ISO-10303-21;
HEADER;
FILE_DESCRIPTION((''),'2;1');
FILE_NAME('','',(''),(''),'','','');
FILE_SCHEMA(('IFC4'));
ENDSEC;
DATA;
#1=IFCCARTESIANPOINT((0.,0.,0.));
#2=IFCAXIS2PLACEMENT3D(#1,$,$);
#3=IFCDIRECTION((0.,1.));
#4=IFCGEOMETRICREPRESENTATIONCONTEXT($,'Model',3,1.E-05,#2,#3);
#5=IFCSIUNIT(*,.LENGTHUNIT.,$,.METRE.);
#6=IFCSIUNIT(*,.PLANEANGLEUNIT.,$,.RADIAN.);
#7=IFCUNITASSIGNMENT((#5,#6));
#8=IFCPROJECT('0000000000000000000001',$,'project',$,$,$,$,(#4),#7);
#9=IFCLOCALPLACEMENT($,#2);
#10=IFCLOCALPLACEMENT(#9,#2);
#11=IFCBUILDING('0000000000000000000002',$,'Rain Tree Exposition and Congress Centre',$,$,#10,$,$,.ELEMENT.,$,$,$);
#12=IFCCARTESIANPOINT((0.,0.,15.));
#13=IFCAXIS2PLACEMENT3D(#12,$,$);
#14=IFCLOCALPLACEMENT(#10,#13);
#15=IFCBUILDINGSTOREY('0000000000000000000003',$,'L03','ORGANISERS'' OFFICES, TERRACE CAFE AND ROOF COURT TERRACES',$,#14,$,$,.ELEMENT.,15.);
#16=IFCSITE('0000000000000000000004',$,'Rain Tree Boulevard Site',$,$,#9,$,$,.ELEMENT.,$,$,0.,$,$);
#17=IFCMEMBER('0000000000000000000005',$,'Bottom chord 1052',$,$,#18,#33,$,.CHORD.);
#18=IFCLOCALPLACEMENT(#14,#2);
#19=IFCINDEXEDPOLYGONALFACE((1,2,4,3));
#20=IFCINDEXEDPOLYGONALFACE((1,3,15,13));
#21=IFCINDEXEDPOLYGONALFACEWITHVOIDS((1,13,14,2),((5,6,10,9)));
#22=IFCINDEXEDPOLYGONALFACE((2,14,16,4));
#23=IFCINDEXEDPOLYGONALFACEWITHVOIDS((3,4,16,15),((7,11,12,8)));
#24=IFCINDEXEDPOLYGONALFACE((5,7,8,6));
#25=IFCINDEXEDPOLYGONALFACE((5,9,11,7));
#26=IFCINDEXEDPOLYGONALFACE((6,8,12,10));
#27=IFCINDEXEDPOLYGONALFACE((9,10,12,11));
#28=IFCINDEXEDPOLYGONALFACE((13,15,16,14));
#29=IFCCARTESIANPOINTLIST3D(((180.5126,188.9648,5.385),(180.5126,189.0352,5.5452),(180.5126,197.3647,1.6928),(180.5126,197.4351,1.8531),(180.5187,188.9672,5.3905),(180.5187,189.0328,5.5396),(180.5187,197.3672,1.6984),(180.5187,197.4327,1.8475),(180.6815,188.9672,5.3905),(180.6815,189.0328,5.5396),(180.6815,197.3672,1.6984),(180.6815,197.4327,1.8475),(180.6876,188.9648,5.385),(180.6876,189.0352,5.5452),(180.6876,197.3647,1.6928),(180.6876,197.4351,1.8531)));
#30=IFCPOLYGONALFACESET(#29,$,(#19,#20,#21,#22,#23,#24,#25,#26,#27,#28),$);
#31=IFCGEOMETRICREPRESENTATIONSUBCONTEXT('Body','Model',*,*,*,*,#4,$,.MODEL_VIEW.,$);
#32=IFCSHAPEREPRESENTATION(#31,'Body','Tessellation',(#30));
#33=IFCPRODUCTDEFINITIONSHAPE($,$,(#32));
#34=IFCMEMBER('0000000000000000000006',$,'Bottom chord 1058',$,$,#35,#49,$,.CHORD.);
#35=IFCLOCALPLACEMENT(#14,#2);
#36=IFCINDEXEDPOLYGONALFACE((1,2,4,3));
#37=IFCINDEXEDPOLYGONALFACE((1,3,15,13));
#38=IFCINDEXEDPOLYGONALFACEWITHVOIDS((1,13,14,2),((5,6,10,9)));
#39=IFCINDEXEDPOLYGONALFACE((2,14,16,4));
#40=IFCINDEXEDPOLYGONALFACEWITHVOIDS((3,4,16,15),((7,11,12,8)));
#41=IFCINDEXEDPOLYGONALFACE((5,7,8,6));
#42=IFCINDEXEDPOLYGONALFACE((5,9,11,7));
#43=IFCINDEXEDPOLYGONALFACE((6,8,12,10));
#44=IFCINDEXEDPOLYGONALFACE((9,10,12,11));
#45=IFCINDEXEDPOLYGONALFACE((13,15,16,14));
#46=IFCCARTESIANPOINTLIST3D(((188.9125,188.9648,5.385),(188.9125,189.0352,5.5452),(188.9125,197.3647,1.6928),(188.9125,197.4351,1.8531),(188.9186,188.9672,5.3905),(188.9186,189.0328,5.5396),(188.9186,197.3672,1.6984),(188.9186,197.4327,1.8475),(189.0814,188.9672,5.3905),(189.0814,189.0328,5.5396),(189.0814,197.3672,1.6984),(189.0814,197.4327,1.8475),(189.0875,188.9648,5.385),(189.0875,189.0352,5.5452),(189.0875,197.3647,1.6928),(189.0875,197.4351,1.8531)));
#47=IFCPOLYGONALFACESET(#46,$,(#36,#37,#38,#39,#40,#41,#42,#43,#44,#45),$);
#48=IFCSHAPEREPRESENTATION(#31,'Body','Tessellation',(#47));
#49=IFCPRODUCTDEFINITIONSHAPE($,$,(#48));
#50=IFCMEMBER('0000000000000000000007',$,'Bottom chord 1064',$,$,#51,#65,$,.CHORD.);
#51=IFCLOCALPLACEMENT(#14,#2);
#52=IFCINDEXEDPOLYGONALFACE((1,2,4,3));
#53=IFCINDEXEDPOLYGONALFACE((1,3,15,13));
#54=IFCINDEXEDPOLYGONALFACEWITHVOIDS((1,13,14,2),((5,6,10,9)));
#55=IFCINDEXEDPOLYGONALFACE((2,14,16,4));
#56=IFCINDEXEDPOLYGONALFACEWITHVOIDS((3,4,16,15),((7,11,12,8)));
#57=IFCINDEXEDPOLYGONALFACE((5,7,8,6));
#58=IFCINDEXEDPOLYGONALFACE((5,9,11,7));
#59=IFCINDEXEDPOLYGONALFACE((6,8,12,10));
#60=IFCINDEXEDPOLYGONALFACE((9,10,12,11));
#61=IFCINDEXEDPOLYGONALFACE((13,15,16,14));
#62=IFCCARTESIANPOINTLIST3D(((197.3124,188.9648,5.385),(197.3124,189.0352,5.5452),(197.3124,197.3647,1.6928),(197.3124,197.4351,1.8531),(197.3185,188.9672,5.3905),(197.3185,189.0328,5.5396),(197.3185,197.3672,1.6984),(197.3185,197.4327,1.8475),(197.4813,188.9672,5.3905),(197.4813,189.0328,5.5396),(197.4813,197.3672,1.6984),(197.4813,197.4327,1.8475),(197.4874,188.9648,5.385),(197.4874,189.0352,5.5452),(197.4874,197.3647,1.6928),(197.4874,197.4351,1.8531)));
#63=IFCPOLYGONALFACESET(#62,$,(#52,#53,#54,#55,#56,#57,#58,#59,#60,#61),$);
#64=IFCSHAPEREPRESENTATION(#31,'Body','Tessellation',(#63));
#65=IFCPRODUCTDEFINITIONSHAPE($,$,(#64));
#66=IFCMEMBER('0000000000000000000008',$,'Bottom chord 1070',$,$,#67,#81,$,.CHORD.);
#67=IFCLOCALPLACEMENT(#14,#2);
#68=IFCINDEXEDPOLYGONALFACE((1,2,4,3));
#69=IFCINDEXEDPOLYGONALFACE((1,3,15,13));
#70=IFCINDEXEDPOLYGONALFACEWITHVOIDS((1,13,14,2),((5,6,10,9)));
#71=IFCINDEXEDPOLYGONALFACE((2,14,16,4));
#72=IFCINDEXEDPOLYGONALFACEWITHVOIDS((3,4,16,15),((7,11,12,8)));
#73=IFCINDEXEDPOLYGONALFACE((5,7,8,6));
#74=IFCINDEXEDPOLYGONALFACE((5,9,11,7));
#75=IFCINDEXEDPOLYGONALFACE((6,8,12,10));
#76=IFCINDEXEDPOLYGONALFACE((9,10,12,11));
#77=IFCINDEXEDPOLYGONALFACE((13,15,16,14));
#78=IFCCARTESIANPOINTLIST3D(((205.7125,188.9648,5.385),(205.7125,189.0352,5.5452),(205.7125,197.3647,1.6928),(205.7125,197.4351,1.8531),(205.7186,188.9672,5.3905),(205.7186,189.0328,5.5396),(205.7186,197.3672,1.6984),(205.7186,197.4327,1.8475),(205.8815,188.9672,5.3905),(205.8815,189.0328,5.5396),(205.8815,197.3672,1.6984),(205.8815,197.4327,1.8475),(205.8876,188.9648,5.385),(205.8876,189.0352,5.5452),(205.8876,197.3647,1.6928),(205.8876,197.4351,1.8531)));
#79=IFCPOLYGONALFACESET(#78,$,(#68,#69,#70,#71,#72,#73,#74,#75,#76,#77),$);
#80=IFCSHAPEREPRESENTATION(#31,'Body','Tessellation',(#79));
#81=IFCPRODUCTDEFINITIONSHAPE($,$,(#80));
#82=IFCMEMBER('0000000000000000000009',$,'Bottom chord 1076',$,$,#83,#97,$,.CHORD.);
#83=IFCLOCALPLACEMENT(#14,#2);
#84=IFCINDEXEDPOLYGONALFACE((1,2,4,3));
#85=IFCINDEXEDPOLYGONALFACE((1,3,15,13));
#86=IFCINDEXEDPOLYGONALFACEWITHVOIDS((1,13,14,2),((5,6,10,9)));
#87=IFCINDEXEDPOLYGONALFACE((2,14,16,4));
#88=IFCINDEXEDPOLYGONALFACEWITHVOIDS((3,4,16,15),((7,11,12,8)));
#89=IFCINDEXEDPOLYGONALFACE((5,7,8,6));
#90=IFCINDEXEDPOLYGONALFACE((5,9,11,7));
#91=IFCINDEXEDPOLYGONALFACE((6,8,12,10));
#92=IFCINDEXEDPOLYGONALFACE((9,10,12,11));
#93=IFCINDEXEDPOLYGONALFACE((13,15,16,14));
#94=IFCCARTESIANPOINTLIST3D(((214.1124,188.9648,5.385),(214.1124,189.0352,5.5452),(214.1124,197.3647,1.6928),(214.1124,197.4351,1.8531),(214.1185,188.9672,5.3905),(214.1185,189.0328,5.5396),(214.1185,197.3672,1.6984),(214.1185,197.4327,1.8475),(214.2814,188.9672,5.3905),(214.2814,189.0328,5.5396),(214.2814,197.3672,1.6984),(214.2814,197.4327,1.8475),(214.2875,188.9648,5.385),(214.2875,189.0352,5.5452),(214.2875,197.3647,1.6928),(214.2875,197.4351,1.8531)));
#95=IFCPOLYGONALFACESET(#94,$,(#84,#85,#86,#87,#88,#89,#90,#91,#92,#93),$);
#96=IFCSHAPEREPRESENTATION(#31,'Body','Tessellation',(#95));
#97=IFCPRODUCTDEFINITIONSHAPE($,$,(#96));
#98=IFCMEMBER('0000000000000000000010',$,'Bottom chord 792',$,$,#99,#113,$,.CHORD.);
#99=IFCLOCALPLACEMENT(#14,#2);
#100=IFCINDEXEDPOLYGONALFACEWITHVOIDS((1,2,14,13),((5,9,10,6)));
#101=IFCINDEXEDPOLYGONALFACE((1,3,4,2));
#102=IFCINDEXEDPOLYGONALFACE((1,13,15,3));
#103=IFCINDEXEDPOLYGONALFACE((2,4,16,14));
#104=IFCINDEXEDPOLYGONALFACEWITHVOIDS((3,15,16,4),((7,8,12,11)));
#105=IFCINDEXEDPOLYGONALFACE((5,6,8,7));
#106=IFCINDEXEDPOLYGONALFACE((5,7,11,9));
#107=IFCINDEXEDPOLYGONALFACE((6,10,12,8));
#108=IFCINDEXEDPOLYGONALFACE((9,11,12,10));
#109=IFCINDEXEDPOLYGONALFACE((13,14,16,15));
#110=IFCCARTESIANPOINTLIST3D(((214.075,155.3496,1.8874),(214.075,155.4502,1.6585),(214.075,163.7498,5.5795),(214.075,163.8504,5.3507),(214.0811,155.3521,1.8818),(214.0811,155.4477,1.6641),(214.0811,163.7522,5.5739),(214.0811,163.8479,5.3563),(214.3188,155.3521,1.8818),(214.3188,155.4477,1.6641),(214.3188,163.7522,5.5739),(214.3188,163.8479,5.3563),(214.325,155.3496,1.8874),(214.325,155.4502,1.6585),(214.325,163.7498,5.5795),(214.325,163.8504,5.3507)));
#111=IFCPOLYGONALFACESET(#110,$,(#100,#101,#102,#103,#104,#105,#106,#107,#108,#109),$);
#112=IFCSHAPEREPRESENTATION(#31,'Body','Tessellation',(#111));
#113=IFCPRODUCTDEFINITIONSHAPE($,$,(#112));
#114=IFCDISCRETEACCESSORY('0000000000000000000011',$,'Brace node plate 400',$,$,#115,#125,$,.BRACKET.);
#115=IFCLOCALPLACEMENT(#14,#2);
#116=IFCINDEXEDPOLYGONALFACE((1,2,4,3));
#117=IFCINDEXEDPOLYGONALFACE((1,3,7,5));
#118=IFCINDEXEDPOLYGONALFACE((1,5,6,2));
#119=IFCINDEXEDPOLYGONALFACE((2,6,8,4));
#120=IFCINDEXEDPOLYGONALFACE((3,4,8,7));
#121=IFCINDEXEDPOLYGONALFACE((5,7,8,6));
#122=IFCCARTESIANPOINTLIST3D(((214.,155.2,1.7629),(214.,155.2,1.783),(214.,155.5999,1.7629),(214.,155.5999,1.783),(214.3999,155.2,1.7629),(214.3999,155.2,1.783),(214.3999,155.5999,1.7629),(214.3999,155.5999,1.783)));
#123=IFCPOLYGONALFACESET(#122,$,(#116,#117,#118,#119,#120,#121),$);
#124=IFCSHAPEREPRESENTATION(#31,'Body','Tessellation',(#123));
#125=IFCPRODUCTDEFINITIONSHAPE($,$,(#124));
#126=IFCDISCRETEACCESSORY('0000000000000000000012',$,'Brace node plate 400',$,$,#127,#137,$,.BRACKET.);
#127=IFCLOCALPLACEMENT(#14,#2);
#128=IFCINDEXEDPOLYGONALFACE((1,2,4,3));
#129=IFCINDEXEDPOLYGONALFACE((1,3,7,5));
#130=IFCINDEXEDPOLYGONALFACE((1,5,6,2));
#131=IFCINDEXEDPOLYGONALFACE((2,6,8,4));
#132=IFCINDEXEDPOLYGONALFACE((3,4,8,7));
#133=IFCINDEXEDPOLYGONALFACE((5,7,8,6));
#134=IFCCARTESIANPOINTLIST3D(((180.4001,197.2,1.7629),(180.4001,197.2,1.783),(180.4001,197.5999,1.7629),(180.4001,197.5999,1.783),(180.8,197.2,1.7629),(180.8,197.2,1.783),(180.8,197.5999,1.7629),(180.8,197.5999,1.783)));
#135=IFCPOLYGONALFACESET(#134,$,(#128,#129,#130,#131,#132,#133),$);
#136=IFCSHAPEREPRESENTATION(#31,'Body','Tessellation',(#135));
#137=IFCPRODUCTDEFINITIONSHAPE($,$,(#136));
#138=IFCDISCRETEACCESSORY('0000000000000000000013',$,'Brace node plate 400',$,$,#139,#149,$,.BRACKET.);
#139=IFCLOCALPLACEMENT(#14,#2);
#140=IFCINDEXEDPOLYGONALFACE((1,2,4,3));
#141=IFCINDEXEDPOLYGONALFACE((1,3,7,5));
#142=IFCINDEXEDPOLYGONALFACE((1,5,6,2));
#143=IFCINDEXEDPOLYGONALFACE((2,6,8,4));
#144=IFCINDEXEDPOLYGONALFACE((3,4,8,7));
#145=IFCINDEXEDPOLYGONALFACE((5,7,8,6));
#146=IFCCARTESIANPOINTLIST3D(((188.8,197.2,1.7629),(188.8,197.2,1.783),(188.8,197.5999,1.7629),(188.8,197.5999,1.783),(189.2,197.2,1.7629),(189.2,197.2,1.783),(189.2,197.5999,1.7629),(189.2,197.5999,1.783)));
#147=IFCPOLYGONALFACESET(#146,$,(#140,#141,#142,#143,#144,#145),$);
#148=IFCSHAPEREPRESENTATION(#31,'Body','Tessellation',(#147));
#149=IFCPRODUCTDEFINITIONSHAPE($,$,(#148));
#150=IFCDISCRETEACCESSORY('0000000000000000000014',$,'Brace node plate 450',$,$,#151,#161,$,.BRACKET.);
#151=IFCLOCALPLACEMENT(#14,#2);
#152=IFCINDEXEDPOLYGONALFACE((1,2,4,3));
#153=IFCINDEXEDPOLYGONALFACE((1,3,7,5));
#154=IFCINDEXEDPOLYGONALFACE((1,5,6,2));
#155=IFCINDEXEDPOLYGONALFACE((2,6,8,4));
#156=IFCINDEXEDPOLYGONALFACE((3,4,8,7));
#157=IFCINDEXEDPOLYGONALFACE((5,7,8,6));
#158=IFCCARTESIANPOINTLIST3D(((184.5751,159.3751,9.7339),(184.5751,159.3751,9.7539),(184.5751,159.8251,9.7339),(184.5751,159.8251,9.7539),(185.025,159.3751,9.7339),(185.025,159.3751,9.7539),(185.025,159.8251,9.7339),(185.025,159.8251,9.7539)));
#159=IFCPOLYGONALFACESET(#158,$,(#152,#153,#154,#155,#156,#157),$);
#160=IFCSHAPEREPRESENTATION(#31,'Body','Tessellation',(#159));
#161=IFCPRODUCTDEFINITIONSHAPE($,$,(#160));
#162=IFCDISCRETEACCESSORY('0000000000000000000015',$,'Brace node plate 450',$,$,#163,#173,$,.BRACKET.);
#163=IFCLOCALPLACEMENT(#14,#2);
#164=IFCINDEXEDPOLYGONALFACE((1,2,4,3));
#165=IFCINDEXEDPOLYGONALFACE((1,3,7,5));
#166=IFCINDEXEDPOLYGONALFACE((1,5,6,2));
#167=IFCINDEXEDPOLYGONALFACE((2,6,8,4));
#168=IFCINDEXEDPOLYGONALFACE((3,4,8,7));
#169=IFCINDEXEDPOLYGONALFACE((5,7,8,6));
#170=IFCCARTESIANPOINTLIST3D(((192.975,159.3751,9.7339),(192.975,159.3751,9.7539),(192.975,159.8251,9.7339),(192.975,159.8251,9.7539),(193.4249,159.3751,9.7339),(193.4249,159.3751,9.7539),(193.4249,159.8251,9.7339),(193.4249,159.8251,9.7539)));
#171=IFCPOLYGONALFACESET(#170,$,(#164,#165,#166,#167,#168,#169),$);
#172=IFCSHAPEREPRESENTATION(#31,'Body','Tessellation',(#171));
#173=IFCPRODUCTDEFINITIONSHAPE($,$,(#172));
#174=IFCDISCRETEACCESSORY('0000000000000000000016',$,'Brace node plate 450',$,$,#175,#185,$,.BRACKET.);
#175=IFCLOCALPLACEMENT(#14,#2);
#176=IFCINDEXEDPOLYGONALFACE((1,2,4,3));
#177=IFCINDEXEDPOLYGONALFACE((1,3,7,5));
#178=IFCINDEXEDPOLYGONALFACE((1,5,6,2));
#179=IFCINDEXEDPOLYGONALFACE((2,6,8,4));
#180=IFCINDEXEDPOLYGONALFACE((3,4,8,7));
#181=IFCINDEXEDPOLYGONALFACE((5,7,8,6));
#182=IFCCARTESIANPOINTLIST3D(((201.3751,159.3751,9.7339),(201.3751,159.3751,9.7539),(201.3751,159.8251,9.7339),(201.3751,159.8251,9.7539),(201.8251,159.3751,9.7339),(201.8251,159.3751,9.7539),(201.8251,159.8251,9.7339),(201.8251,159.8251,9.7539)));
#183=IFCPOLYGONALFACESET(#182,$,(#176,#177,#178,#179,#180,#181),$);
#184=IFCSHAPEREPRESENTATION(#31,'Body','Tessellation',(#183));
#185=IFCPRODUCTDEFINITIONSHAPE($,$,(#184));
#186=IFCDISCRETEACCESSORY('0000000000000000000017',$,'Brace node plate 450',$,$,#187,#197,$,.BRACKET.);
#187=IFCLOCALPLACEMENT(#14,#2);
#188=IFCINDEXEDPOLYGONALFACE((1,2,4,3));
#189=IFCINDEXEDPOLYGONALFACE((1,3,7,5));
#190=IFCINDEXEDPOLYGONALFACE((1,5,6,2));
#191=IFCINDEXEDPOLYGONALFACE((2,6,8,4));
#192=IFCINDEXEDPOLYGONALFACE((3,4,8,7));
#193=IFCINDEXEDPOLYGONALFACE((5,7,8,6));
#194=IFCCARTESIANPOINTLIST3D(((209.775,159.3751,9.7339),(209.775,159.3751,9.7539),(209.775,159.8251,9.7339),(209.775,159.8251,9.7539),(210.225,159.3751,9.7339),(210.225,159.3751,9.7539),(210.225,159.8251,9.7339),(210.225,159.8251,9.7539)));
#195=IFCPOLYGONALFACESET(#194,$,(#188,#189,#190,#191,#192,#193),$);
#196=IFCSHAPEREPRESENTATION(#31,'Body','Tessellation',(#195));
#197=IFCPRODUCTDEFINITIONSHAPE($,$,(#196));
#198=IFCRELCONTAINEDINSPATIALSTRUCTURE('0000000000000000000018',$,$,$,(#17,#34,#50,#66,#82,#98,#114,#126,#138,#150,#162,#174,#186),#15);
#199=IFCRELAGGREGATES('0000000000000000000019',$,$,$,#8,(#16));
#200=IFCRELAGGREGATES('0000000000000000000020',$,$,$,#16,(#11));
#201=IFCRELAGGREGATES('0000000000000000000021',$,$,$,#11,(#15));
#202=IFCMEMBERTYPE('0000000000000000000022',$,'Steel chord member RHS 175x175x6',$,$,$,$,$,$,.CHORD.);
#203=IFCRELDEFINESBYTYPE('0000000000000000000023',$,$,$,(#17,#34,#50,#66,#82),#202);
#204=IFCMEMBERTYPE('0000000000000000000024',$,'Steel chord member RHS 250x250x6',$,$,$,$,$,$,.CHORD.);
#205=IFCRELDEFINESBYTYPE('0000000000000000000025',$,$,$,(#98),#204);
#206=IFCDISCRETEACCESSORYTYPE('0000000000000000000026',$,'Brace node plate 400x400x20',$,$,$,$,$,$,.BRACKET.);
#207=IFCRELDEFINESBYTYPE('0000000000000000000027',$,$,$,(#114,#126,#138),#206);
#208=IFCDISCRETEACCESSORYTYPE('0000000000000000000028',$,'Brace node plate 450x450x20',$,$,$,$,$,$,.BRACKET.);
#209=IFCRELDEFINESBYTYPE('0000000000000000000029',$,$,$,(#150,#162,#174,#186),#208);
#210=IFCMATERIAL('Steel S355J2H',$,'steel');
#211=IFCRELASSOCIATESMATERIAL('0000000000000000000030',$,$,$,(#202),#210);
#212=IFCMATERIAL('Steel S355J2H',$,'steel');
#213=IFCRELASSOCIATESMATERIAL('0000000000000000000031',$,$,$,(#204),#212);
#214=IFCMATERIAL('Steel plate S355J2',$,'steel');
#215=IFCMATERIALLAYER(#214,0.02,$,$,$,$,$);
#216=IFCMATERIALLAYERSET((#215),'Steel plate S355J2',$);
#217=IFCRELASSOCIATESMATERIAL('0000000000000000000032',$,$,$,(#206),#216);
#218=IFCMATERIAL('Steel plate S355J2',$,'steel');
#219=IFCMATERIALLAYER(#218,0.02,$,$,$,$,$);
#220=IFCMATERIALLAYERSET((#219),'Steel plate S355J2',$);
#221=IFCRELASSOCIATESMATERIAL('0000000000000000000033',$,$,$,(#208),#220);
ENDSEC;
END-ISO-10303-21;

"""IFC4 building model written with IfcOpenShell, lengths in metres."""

from ifc_helpers import new_model, si_unit, direction, frame, origin, origin_2d, place, context, subcontext, project, spatial, rectangle, hollow_rectangle, extrude, material, layer, layer_set, material_profile, profile_set, type_object, element, save


model = new_model("IFC4")

# Units and contexts
model_context = context("Model", 3, precision=1e-05, world=origin(), true_north=direction((0.0, 1.0)))
body_context = subcontext(model_context, "Body", "Model", "MODEL_VIEW")
ifc_project = project(units=[si_unit("LENGTHUNIT", "METRE"), si_unit("PLANEANGLEUNIT", "RADIAN")], contexts=[model_context])

# Site, building, storey
site_placement = place(None, origin())
site = spatial("IfcSite", under=ifc_project, at=site_placement, Name="Rain Tree Boulevard Site", CompositionType="ELEMENT", RefElevation=0.0)
building_placement = place(site_placement, origin())
building = spatial("IfcBuilding", under=site, at=building_placement, Name="Rain Tree Exposition and Congress Centre", CompositionType="ELEMENT")
storey_placement = place(building_placement, frame((0.0, 0.0, 15.0)))
storey = spatial("IfcBuildingStorey", under=building, at=storey_placement, Name="L03", Description="ORGANISERS' OFFICES, TERRACE CAFE AND ROOF COURT TERRACES", CompositionType="ELEMENT", Elevation=15.0)

# Members
ifc_material_1 = material(Name="Steel S355J2H", Category="steel")
ifc_material_profile_1 = material_profile(ifc_material_1, hollow_rectangle(XDim=0.175, YDim=0.175, WallThickness=0.0061, at=origin_2d()), Name="RHS 175x175x6")
ifc_profile_set_1 = profile_set([ifc_material_profile_1], Name="Steel S355J2H")
member_type_1 = type_object("IfcMemberType", Name="Steel chord member RHS 175x175x6", PredefinedType="CHORD", material=ifc_profile_set_1)
for number, where, z_axis, x_axis, name in (
    (1, (180.6001, 189.0, 5.4651), (0.0, 0.915468, -0.40239), (-1.0, 0.0, 0.0), "Bottom chord 1052"),
    (2, (189.0, 189.0, 5.4651), (0.0, 0.915468, -0.40239), (-1.0, 0.0, 0.0), "Bottom chord 1058"),
    (3, (197.3999, 189.0, 5.4651), (0.0, 0.915468, -0.40239), (-1.0, 0.0, 0.0), "Bottom chord 1064"),
    (4, (205.8, 189.0, 5.4651), (0.0, 0.915468, -0.40239), (-1.0, 0.0, 0.0), "Bottom chord 1070"),
    (5, (214.2, 189.0, 5.4651), (0.0, 0.915468, -0.40239), (-1.0, 0.0, 0.0), "Bottom chord 1076"),
):
    element("IfcMember", number, at=place(storey_placement, frame(where, z_axis=z_axis, x_axis=x_axis)), inside=storey, type_object=member_type_1, Name=name, PredefinedType="CHORD", context=body_context, shape_type="SweptSolid", body=[
        extrude(hollow_rectangle(XDim=0.175, YDim=0.175, WallThickness=0.0061, at=origin_2d()), origin(), (0.0, 0.0, 1.0), 9.1755),
    ])
ifc_material_2 = material(Name="Steel S355J2H", Category="steel")
ifc_material_profile_2 = material_profile(ifc_material_2, hollow_rectangle(XDim=0.25, YDim=0.25, WallThickness=0.0061, at=origin_2d()), Name="RHS 250x250x6")
ifc_profile_set_2 = profile_set([ifc_material_profile_2], Name="Steel S355J2H")
member_type_2 = type_object("IfcMemberType", Name="Steel chord member RHS 250x250x6", PredefinedType="CHORD", material=ifc_profile_set_2)
member_1_placement = place(storey_placement, frame((214.2, 155.3999, 1.7729), z_axis=(0.0, 0.915473, 0.40238), x_axis=(-1.0, 0.0, 0.0)))
element("IfcMember", 6, at=member_1_placement, inside=storey, type_object=member_type_2, Name="Bottom chord 792", PredefinedType="CHORD", context=body_context, shape_type="SweptSolid", body=[
    extrude(hollow_rectangle(XDim=0.25, YDim=0.25, WallThickness=0.0061, at=origin_2d()), origin(), (0.0, 0.0, 1.0), 9.1758),
])

# Discrete accessories
ifc_material_3 = material(Name="Steel plate S355J2", Category="steel")
ifc_layer_1 = layer(ifc_material_3, 0.02)
ifc_layer_set_1 = layer_set([ifc_layer_1], Name="Steel plate S355J2")
discrete_accessory_type_1 = type_object("IfcDiscreteAccessoryType", Name="Brace node plate 400x400x20", PredefinedType="BRACKET", material=ifc_layer_set_1)
for number, where, z_axis, x_axis, name in (
    (7, (214.2, 155.3999, 1.7629), (0.0, 0.0, 1.0), (1.0, 0.0, 0.0), "Brace node plate 400"),
    (8, (180.6001, 197.3999, 1.7629), (0.0, 0.0, 1.0), (1.0, 0.0, 0.0), "Brace node plate 400"),
    (9, (189.0, 197.3999, 1.7629), (0.0, 0.0, 1.0), (1.0, 0.0, 0.0), "Brace node plate 400"),
):
    element("IfcDiscreteAccessory", number, at=place(storey_placement, frame(where, z_axis=z_axis, x_axis=x_axis)), inside=storey, type_object=discrete_accessory_type_1, Name=name, PredefinedType="BRACKET", context=body_context, shape_type="SweptSolid", body=[
        extrude(rectangle(XDim=0.3999, YDim=0.3999, at=origin_2d()), origin(), (0.0, 0.0, 1.0), 0.02),
    ])
ifc_material_4 = material(Name="Steel plate S355J2", Category="steel")
ifc_layer_2 = layer(ifc_material_4, 0.02)
ifc_layer_set_2 = layer_set([ifc_layer_2], Name="Steel plate S355J2")
discrete_accessory_type_2 = type_object("IfcDiscreteAccessoryType", Name="Brace node plate 450x450x20", PredefinedType="BRACKET", material=ifc_layer_set_2)
for number, where, z_axis, x_axis, name in (
    (10, (184.8, 159.6001, 9.7339), (0.0, 0.0, 1.0), (1.0, 0.0, 0.0), "Brace node plate 450"),
    (11, (193.2, 159.6001, 9.7339), (0.0, 0.0, 1.0), (1.0, 0.0, 0.0), "Brace node plate 450"),
    (12, (201.6001, 159.6001, 9.7339), (0.0, 0.0, 1.0), (1.0, 0.0, 0.0), "Brace node plate 450"),
    (13, (210.0, 159.6001, 9.7339), (0.0, 0.0, 1.0), (1.0, 0.0, 0.0), "Brace node plate 450"),
):
    element("IfcDiscreteAccessory", number, at=place(storey_placement, frame(where, z_axis=z_axis, x_axis=x_axis)), inside=storey, type_object=discrete_accessory_type_2, Name=name, PredefinedType="BRACKET", context=body_context, shape_type="SweptSolid", body=[
        extrude(rectangle(XDim=0.45, YDim=0.45, at=origin_2d()), origin(), (0.0, 0.0, 1.0), 0.02),
    ])

save(model, "model.ifc")
